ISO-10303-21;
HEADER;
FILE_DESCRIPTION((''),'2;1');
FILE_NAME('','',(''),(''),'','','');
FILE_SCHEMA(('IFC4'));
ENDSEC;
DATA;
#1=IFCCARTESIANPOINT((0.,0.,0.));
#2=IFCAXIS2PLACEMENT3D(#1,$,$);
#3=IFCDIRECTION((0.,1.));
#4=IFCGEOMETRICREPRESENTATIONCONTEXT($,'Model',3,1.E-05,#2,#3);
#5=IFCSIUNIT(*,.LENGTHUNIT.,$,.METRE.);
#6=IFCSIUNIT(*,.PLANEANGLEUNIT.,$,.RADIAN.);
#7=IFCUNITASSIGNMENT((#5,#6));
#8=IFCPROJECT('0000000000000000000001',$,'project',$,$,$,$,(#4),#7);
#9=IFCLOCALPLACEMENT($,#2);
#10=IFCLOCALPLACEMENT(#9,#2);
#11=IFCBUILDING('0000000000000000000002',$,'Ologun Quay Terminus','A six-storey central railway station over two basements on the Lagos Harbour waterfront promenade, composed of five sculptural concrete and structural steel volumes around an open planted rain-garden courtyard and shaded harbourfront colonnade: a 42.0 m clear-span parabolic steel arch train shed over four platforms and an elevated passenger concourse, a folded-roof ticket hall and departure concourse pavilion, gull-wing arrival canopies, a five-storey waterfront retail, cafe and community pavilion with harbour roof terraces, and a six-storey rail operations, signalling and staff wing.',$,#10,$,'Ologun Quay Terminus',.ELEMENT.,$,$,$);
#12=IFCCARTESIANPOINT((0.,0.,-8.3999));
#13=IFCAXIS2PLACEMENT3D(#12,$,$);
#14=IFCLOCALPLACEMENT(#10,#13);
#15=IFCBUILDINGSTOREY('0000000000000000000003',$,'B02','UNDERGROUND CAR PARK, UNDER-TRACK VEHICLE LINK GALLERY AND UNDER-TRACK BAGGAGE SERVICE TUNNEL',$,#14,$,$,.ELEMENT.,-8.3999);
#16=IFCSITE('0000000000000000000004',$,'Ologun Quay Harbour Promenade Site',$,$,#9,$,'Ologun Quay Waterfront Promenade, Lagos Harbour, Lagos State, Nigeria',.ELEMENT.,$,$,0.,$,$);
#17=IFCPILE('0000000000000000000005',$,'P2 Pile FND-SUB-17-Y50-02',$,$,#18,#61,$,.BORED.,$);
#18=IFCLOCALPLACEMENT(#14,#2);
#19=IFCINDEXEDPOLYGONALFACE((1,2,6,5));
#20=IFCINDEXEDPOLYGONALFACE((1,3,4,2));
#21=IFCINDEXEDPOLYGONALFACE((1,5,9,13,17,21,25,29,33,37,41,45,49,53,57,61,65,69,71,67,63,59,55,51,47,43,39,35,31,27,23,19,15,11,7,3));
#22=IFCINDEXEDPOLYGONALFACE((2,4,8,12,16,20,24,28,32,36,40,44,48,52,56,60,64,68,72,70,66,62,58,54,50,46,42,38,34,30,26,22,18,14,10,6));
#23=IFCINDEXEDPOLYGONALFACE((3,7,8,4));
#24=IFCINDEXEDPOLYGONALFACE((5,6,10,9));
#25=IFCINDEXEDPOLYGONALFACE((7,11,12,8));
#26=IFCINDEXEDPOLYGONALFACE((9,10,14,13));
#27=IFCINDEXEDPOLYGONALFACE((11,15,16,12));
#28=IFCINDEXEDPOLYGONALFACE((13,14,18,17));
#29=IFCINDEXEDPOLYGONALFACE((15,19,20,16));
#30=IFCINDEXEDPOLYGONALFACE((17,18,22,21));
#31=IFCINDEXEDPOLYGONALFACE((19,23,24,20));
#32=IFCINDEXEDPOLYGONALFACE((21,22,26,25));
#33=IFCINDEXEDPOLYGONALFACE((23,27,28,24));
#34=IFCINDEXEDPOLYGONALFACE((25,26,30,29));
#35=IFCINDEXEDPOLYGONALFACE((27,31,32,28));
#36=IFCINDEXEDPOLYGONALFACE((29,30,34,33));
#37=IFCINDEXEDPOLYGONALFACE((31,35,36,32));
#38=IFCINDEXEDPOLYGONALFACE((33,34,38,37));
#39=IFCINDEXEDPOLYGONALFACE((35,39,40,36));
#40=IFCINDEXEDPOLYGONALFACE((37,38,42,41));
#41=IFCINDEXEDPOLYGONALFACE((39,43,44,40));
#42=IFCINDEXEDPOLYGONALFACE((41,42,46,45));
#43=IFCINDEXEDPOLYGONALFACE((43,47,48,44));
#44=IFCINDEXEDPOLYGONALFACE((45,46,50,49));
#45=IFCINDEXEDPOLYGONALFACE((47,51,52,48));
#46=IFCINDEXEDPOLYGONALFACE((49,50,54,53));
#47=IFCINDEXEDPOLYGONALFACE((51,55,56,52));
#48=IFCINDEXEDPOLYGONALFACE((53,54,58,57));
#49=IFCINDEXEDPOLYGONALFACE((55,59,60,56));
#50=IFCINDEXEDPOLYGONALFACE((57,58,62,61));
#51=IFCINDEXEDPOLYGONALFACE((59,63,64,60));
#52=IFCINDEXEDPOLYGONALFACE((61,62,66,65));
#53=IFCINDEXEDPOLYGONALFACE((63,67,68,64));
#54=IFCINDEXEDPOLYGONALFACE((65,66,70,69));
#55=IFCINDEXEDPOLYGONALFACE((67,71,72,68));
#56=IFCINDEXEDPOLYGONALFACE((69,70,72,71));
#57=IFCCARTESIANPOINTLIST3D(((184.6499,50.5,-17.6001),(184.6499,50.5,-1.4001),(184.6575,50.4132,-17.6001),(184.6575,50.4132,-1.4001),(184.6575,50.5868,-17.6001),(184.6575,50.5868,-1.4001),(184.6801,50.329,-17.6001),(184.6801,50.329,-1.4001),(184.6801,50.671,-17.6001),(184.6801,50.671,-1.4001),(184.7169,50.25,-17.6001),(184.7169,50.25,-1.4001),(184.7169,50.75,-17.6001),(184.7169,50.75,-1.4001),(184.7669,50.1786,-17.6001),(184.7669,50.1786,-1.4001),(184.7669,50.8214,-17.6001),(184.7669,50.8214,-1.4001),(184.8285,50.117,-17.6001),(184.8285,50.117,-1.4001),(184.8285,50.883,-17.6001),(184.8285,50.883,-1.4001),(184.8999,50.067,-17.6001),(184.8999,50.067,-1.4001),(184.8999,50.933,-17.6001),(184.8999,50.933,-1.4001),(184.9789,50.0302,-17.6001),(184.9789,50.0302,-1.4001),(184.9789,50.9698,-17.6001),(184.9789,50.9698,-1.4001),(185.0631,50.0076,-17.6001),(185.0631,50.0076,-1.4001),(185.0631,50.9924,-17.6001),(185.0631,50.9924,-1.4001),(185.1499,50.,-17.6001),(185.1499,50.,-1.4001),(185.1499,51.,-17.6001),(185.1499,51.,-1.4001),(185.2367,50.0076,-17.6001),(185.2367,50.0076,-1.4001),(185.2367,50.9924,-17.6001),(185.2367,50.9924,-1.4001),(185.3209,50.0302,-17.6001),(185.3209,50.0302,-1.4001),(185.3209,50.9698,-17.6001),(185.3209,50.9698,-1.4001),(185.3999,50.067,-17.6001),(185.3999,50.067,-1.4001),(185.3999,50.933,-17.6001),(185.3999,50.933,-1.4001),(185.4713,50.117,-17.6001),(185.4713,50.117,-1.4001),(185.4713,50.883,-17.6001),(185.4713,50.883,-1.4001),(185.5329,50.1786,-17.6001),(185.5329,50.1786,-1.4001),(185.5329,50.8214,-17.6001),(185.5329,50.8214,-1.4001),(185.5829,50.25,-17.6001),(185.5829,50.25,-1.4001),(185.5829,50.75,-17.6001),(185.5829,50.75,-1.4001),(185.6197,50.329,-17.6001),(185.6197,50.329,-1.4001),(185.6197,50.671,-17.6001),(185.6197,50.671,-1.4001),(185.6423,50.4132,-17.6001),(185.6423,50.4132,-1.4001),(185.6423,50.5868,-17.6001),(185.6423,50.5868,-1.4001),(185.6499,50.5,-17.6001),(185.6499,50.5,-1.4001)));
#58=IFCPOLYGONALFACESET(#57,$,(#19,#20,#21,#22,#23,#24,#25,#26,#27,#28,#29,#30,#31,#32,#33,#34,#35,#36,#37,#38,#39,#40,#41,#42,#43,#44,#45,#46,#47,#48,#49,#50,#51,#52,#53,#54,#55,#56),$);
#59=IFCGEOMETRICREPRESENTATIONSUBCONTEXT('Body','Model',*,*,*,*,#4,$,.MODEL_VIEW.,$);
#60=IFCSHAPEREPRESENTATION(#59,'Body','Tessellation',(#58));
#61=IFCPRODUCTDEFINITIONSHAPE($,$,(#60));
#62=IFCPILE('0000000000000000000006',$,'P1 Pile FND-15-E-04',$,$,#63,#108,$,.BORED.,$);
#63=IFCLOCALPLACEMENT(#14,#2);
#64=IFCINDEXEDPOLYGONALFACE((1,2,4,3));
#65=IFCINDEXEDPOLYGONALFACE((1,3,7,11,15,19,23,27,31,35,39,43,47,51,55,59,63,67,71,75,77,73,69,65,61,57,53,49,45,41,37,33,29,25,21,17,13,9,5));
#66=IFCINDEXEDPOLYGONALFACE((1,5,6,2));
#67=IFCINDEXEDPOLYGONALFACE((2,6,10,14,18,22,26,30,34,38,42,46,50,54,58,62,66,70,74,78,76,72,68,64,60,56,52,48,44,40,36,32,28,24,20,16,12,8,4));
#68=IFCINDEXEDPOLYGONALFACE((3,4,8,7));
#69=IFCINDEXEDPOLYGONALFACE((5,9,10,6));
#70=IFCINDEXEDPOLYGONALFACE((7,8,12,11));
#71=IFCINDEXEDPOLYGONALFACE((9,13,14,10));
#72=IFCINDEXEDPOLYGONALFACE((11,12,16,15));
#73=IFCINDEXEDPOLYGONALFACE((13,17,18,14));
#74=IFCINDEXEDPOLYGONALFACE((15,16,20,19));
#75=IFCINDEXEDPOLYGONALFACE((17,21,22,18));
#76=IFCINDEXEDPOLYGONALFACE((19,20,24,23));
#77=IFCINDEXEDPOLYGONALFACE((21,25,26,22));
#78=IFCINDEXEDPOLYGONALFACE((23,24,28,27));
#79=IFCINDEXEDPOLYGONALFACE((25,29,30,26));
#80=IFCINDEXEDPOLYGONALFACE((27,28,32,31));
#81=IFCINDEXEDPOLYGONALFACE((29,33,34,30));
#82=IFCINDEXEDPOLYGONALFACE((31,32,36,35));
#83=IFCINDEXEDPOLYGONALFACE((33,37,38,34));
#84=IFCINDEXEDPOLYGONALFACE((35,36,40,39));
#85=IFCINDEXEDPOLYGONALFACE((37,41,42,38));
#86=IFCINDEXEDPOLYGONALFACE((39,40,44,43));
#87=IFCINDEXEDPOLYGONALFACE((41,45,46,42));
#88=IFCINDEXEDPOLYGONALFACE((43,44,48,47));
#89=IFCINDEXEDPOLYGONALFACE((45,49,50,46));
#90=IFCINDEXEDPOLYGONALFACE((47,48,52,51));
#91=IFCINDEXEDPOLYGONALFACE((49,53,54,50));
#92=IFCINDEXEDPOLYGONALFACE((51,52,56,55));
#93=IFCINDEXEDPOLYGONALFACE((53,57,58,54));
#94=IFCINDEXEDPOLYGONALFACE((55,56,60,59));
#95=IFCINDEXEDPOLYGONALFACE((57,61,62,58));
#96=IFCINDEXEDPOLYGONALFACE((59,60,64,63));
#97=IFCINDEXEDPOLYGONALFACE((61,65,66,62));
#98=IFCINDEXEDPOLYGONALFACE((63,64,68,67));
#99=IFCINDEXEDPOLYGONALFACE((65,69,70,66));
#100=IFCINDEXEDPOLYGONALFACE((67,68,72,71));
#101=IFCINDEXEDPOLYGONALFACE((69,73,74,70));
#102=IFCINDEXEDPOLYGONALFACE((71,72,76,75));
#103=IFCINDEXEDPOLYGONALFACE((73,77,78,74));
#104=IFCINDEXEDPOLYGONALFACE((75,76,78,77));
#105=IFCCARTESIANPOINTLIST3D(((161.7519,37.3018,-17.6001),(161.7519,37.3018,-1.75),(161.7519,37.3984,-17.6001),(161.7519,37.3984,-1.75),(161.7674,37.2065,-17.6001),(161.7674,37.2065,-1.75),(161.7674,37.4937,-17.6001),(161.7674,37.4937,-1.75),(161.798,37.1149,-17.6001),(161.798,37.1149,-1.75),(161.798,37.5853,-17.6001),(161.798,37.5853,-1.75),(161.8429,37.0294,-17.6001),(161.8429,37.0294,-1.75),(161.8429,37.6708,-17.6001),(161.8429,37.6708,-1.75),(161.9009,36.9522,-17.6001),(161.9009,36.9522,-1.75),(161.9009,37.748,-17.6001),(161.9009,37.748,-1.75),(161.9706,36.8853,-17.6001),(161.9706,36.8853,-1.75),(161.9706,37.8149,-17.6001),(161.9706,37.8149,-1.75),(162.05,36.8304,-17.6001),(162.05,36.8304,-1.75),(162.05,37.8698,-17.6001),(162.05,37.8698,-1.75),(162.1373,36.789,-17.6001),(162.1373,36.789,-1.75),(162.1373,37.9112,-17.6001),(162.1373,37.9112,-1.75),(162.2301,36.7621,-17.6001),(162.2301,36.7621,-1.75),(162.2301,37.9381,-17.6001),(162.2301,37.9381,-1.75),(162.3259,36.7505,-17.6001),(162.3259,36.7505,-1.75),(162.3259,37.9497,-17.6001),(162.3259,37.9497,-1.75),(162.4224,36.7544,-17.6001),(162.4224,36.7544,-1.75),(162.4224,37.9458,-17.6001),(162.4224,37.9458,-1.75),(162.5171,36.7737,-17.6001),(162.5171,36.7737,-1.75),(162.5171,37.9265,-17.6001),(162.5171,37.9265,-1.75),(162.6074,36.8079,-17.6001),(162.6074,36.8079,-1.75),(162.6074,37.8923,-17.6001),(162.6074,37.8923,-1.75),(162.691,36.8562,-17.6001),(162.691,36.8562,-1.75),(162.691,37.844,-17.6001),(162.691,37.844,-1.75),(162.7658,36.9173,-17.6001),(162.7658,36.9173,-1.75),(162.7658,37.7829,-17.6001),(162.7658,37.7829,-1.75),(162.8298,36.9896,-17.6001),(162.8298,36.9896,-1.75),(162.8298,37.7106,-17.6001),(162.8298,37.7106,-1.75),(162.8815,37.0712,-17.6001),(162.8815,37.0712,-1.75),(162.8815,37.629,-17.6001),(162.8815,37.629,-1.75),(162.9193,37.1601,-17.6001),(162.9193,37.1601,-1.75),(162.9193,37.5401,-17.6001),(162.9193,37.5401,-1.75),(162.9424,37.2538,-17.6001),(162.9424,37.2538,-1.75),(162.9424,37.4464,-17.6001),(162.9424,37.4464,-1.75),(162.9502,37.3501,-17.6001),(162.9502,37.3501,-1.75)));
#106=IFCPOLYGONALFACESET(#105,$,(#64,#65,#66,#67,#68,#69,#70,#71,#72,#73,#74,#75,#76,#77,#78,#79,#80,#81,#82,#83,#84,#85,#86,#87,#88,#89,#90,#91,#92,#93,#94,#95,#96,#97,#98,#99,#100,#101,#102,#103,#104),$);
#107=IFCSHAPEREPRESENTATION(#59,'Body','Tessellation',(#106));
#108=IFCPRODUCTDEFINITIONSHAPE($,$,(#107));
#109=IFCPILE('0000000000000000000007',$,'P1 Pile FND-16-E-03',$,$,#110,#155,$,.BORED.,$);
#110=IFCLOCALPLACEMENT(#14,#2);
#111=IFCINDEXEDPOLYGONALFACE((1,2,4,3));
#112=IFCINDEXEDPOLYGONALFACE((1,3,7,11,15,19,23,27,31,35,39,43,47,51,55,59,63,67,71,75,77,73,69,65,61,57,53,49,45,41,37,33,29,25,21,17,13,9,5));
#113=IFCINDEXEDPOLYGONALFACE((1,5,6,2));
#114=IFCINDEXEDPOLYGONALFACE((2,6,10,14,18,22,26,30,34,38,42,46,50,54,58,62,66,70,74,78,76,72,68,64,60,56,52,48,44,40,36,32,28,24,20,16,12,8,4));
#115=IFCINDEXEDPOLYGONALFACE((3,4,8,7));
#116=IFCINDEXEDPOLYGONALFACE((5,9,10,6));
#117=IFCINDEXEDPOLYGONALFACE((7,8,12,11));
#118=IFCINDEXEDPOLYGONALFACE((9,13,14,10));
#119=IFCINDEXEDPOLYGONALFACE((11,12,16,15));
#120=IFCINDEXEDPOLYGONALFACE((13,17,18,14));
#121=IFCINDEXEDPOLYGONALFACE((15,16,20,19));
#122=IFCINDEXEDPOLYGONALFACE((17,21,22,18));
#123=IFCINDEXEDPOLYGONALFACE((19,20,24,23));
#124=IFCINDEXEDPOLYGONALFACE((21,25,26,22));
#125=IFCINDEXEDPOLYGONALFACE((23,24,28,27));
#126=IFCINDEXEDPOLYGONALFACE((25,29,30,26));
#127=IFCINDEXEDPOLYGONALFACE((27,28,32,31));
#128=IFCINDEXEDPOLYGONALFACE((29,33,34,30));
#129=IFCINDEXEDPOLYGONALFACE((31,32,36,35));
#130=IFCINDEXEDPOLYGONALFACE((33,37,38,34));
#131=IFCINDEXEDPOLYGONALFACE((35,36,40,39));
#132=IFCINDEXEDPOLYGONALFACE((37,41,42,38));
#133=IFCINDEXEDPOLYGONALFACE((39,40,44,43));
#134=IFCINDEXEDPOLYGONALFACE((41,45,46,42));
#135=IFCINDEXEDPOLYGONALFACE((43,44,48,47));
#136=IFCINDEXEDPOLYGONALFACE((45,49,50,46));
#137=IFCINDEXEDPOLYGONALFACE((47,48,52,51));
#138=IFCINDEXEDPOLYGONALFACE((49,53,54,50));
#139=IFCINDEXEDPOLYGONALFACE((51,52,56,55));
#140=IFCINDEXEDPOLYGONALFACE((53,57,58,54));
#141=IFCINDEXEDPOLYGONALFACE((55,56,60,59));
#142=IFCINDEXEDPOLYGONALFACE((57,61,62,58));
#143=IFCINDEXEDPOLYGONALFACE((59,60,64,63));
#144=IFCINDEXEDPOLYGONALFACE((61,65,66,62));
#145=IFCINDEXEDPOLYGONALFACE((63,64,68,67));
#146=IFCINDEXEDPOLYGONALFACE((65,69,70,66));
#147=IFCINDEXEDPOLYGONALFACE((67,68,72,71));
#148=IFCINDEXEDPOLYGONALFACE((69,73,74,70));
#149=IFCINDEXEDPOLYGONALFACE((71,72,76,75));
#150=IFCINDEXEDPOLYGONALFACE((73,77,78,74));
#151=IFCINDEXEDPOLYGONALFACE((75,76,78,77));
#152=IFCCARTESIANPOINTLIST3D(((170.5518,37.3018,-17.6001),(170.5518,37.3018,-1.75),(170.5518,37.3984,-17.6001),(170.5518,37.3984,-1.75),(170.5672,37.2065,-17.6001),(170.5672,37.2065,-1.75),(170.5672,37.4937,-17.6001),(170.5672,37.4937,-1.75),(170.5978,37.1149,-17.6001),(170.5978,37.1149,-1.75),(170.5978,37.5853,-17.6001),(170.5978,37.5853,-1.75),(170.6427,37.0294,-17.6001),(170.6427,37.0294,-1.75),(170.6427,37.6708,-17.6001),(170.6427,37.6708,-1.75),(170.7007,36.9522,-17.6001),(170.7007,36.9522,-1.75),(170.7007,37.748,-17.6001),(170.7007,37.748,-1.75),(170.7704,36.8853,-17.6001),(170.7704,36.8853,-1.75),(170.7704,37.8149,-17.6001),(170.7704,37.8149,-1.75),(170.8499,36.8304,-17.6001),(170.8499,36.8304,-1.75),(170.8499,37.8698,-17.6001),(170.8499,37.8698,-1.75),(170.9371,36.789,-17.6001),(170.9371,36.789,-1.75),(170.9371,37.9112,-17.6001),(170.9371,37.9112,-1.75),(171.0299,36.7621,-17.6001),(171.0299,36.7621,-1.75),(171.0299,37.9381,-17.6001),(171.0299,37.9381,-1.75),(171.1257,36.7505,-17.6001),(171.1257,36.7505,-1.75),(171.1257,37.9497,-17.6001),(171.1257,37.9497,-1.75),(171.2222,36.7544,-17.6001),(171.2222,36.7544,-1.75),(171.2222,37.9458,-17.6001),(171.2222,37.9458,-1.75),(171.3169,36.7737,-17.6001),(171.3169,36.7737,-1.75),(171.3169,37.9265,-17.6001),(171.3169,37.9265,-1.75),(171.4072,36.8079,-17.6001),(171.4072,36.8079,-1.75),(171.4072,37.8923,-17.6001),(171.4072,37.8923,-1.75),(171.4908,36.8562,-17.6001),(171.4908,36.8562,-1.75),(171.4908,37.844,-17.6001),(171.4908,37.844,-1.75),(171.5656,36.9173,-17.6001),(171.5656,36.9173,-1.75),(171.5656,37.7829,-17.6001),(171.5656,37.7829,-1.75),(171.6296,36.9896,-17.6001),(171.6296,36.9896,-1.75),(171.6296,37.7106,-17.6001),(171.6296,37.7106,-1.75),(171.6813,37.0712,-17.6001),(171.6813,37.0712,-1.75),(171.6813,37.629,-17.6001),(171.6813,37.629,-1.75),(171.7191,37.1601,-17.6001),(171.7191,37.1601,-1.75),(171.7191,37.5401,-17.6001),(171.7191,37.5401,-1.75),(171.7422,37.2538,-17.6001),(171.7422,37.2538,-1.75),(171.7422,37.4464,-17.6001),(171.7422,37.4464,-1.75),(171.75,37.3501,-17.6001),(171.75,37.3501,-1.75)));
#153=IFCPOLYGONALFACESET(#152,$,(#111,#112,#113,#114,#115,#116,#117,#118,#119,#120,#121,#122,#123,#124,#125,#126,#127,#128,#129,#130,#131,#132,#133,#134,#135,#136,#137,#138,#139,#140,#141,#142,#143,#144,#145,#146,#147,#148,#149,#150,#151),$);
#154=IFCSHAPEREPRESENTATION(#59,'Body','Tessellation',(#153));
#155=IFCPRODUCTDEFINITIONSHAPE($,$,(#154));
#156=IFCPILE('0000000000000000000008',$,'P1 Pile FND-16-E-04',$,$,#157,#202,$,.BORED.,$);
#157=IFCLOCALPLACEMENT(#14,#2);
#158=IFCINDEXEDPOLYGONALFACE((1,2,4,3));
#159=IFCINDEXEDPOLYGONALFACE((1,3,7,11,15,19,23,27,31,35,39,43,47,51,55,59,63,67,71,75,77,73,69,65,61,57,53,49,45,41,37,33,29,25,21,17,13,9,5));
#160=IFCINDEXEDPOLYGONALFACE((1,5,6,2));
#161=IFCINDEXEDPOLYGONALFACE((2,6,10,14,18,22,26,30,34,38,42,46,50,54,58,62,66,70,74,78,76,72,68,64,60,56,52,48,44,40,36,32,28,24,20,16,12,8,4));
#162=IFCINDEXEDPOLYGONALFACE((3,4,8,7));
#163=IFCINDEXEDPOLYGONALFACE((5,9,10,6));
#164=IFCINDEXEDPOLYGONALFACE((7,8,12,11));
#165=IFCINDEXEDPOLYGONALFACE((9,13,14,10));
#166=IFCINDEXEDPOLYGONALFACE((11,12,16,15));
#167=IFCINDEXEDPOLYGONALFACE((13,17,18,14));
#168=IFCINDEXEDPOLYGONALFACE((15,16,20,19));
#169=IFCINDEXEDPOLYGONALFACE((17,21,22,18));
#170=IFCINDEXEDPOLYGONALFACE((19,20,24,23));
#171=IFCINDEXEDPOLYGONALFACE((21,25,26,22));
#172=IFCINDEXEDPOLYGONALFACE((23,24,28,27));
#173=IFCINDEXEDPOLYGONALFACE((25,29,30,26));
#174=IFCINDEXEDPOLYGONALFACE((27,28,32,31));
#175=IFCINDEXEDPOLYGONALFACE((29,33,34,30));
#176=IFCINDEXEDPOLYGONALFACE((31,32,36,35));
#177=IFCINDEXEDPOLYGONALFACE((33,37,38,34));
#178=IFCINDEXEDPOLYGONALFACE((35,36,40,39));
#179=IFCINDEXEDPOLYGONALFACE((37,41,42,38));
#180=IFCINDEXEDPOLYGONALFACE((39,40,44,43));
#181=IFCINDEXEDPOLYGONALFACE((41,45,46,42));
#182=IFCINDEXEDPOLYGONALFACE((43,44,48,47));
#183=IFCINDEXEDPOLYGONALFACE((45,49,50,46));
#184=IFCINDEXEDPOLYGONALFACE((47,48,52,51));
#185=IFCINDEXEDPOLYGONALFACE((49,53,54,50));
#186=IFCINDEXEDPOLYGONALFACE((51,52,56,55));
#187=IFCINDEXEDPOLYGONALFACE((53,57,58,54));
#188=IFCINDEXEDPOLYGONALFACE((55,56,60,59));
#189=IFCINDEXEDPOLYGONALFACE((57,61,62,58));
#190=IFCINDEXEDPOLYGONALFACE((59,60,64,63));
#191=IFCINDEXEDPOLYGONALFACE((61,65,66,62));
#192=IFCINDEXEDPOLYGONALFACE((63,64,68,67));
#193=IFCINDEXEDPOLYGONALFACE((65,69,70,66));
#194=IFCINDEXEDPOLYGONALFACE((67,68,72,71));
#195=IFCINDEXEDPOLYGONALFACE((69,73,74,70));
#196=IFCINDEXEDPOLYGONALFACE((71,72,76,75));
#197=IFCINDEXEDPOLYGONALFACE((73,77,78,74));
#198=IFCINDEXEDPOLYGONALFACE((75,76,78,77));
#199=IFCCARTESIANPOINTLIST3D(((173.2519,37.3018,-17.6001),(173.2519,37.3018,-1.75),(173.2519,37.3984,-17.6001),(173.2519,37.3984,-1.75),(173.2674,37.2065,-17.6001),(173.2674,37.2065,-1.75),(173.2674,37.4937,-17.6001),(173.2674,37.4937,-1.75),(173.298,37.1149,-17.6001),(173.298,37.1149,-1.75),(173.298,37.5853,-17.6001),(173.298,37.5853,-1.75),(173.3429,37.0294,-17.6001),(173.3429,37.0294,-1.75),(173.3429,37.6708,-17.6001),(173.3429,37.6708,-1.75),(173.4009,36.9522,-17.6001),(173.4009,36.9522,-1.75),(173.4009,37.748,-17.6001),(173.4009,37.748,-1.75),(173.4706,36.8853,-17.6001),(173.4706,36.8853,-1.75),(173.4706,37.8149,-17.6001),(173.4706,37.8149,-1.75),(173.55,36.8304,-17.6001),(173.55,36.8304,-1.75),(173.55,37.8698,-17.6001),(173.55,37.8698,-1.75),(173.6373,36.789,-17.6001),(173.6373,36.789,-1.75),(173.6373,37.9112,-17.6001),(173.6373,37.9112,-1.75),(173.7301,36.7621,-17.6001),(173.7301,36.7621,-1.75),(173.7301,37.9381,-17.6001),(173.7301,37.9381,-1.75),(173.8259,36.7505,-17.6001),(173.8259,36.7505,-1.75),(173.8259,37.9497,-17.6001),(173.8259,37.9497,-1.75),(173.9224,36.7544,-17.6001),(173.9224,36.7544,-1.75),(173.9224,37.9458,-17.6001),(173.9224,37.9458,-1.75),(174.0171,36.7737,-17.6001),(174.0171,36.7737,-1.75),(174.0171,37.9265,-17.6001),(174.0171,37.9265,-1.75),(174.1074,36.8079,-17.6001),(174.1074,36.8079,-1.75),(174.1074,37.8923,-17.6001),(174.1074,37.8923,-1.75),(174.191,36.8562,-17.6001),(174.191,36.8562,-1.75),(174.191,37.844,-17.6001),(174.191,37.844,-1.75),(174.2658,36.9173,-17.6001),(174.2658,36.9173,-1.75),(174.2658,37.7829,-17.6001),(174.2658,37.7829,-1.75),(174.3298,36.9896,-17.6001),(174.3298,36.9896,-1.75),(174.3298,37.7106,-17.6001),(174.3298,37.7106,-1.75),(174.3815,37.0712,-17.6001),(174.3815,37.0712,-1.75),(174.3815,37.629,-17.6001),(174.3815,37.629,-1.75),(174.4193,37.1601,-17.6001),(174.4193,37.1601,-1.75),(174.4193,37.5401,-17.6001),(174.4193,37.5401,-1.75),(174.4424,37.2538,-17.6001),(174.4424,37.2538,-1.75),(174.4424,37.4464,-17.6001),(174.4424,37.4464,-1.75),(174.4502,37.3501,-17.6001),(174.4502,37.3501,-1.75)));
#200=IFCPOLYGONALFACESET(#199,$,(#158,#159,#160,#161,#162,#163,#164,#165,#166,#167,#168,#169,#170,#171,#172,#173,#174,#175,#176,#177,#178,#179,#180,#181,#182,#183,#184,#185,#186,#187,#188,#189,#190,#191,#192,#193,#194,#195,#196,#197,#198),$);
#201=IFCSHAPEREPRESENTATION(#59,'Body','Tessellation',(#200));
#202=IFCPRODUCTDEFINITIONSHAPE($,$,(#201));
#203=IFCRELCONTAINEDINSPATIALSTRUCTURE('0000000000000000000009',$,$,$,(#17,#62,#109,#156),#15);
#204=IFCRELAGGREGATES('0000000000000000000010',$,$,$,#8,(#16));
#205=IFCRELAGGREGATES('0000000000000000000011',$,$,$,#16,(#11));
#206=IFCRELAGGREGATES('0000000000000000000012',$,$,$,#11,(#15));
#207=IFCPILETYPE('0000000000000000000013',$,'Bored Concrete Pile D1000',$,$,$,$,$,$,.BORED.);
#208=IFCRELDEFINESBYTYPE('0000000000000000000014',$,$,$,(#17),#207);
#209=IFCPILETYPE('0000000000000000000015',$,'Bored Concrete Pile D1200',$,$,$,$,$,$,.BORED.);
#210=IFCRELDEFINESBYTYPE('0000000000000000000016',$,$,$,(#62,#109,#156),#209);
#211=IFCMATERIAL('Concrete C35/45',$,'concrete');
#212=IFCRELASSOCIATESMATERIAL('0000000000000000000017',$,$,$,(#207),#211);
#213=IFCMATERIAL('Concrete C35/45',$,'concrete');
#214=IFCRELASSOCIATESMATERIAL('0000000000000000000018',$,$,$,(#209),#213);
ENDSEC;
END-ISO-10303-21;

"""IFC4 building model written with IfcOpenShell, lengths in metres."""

from ifc_helpers import new_model, si_unit, direction, frame, origin, origin_2d, place, context, subcontext, project, spatial, circle, extrude, material, material_profile, profile_set, type_object, element, save


model = new_model("IFC4")

# Units and contexts
model_context = context("Model", 3, precision=1e-05, world=origin(), true_north=direction((0.0, 1.0)))
body_context = subcontext(model_context, "Body", "Model", "MODEL_VIEW")
ifc_project = project(units=[si_unit("LENGTHUNIT", "METRE"), si_unit("PLANEANGLEUNIT", "RADIAN")], contexts=[model_context])

# Site, building, storey
site_placement = place(None, origin())
site = spatial("IfcSite", under=ifc_project, at=site_placement, Name="Ologun Quay Harbour Promenade Site", LongName="Ologun Quay Waterfront Promenade, Lagos Harbour, Lagos State, Nigeria", CompositionType="ELEMENT", RefElevation=0.0)
building_placement = place(site_placement, origin())
building = spatial("IfcBuilding", under=site, at=building_placement, Name="Ologun Quay Terminus", Description="A six-storey central railway station over two basements on the Lagos Harbour waterfront promenade, composed of five sculptural concrete and structural steel volumes around an open planted rain-garden courtyard and shaded harbourfront colonnade: a 42.0 m clear-span parabolic steel arch train shed over four platforms and an elevated passenger concourse, a folded-roof ticket hall and departure concourse pavilion, gull-wing arrival canopies, a five-storey waterfront retail, cafe and community pavilion with harbour roof terraces, and a six-storey rail operations, signalling and staff wing.", LongName="Ologun Quay Terminus", CompositionType="ELEMENT")
storey_placement = place(building_placement, frame((0.0, 0.0, -8.3999)))
storey = spatial("IfcBuildingStorey", under=building, at=storey_placement, Name="B02", Description="UNDERGROUND CAR PARK, UNDER-TRACK VEHICLE LINK GALLERY AND UNDER-TRACK BAGGAGE SERVICE TUNNEL", CompositionType="ELEMENT", Elevation=-8.3999)

# Piles
ifc_material_1 = material(Name="Concrete C35/45", Category="concrete")
ifc_material_profile_1 = material_profile(ifc_material_1, circle(Radius=0.5, at=origin_2d()), Name="PILE D1000")
ifc_profile_set_1 = profile_set([ifc_material_profile_1], Name="Concrete C35/45")
pile_type_1 = type_object("IfcPileType", Name="Bored Concrete Pile D1000", PredefinedType="BORED", material=ifc_profile_set_1)
for number, where, z_axis, x_axis, name in (
    (1, (185.1499, 50.5, -1.4001), (0.0, 0.0, -1.0), (1.0, 0.0, 0.0), "P2 Pile FND-SUB-17-Y50-02"),
):
    element("IfcPile", number, at=place(storey_placement, frame(where, z_axis=z_axis, x_axis=x_axis)), inside=storey, type_object=pile_type_1, Name=name, PredefinedType="BORED", context=body_context, shape_type="SweptSolid", body=[
        extrude(circle(Radius=0.5, at=origin_2d()), origin(), (0.0, 0.0, 1.0), 16.2),
    ])
ifc_material_2 = material(Name="Concrete C35/45", Category="concrete")
ifc_material_profile_2 = material_profile(ifc_material_2, circle(Radius=0.6001, at=origin_2d()), Name="PILE D1200")
ifc_profile_set_2 = profile_set([ifc_material_profile_2], Name="Concrete C35/45")
pile_type_2 = type_object("IfcPileType", Name="Bored Concrete Pile D1200", PredefinedType="BORED", material=ifc_profile_set_2)
for number, where, z_axis, x_axis, name in (
    (2, (162.3501, 37.3501, -1.75), (0.0, 0.0, -1.0), (1.0, 0.0, 0.0), "P1 Pile FND-15-E-04"),
    (3, (171.1499, 37.3501, -1.75), (0.0, 0.0, -1.0), (1.0, 0.0, 0.0), "P1 Pile FND-16-E-03"),
    (4, (173.8501, 37.3501, -1.75), (0.0, 0.0, -1.0), (1.0, 0.0, 0.0), "P1 Pile FND-16-E-04"),
):
    element("IfcPile", number, at=place(storey_placement, frame(where, z_axis=z_axis, x_axis=x_axis)), inside=storey, type_object=pile_type_2, Name=name, PredefinedType="BORED", context=body_context, shape_type="SweptSolid", body=[
        extrude(circle(Radius=0.6001, at=origin_2d()), origin(), (0.0, 0.0, 1.0), 15.8501),
    ])

save(model, "model.ifc")
